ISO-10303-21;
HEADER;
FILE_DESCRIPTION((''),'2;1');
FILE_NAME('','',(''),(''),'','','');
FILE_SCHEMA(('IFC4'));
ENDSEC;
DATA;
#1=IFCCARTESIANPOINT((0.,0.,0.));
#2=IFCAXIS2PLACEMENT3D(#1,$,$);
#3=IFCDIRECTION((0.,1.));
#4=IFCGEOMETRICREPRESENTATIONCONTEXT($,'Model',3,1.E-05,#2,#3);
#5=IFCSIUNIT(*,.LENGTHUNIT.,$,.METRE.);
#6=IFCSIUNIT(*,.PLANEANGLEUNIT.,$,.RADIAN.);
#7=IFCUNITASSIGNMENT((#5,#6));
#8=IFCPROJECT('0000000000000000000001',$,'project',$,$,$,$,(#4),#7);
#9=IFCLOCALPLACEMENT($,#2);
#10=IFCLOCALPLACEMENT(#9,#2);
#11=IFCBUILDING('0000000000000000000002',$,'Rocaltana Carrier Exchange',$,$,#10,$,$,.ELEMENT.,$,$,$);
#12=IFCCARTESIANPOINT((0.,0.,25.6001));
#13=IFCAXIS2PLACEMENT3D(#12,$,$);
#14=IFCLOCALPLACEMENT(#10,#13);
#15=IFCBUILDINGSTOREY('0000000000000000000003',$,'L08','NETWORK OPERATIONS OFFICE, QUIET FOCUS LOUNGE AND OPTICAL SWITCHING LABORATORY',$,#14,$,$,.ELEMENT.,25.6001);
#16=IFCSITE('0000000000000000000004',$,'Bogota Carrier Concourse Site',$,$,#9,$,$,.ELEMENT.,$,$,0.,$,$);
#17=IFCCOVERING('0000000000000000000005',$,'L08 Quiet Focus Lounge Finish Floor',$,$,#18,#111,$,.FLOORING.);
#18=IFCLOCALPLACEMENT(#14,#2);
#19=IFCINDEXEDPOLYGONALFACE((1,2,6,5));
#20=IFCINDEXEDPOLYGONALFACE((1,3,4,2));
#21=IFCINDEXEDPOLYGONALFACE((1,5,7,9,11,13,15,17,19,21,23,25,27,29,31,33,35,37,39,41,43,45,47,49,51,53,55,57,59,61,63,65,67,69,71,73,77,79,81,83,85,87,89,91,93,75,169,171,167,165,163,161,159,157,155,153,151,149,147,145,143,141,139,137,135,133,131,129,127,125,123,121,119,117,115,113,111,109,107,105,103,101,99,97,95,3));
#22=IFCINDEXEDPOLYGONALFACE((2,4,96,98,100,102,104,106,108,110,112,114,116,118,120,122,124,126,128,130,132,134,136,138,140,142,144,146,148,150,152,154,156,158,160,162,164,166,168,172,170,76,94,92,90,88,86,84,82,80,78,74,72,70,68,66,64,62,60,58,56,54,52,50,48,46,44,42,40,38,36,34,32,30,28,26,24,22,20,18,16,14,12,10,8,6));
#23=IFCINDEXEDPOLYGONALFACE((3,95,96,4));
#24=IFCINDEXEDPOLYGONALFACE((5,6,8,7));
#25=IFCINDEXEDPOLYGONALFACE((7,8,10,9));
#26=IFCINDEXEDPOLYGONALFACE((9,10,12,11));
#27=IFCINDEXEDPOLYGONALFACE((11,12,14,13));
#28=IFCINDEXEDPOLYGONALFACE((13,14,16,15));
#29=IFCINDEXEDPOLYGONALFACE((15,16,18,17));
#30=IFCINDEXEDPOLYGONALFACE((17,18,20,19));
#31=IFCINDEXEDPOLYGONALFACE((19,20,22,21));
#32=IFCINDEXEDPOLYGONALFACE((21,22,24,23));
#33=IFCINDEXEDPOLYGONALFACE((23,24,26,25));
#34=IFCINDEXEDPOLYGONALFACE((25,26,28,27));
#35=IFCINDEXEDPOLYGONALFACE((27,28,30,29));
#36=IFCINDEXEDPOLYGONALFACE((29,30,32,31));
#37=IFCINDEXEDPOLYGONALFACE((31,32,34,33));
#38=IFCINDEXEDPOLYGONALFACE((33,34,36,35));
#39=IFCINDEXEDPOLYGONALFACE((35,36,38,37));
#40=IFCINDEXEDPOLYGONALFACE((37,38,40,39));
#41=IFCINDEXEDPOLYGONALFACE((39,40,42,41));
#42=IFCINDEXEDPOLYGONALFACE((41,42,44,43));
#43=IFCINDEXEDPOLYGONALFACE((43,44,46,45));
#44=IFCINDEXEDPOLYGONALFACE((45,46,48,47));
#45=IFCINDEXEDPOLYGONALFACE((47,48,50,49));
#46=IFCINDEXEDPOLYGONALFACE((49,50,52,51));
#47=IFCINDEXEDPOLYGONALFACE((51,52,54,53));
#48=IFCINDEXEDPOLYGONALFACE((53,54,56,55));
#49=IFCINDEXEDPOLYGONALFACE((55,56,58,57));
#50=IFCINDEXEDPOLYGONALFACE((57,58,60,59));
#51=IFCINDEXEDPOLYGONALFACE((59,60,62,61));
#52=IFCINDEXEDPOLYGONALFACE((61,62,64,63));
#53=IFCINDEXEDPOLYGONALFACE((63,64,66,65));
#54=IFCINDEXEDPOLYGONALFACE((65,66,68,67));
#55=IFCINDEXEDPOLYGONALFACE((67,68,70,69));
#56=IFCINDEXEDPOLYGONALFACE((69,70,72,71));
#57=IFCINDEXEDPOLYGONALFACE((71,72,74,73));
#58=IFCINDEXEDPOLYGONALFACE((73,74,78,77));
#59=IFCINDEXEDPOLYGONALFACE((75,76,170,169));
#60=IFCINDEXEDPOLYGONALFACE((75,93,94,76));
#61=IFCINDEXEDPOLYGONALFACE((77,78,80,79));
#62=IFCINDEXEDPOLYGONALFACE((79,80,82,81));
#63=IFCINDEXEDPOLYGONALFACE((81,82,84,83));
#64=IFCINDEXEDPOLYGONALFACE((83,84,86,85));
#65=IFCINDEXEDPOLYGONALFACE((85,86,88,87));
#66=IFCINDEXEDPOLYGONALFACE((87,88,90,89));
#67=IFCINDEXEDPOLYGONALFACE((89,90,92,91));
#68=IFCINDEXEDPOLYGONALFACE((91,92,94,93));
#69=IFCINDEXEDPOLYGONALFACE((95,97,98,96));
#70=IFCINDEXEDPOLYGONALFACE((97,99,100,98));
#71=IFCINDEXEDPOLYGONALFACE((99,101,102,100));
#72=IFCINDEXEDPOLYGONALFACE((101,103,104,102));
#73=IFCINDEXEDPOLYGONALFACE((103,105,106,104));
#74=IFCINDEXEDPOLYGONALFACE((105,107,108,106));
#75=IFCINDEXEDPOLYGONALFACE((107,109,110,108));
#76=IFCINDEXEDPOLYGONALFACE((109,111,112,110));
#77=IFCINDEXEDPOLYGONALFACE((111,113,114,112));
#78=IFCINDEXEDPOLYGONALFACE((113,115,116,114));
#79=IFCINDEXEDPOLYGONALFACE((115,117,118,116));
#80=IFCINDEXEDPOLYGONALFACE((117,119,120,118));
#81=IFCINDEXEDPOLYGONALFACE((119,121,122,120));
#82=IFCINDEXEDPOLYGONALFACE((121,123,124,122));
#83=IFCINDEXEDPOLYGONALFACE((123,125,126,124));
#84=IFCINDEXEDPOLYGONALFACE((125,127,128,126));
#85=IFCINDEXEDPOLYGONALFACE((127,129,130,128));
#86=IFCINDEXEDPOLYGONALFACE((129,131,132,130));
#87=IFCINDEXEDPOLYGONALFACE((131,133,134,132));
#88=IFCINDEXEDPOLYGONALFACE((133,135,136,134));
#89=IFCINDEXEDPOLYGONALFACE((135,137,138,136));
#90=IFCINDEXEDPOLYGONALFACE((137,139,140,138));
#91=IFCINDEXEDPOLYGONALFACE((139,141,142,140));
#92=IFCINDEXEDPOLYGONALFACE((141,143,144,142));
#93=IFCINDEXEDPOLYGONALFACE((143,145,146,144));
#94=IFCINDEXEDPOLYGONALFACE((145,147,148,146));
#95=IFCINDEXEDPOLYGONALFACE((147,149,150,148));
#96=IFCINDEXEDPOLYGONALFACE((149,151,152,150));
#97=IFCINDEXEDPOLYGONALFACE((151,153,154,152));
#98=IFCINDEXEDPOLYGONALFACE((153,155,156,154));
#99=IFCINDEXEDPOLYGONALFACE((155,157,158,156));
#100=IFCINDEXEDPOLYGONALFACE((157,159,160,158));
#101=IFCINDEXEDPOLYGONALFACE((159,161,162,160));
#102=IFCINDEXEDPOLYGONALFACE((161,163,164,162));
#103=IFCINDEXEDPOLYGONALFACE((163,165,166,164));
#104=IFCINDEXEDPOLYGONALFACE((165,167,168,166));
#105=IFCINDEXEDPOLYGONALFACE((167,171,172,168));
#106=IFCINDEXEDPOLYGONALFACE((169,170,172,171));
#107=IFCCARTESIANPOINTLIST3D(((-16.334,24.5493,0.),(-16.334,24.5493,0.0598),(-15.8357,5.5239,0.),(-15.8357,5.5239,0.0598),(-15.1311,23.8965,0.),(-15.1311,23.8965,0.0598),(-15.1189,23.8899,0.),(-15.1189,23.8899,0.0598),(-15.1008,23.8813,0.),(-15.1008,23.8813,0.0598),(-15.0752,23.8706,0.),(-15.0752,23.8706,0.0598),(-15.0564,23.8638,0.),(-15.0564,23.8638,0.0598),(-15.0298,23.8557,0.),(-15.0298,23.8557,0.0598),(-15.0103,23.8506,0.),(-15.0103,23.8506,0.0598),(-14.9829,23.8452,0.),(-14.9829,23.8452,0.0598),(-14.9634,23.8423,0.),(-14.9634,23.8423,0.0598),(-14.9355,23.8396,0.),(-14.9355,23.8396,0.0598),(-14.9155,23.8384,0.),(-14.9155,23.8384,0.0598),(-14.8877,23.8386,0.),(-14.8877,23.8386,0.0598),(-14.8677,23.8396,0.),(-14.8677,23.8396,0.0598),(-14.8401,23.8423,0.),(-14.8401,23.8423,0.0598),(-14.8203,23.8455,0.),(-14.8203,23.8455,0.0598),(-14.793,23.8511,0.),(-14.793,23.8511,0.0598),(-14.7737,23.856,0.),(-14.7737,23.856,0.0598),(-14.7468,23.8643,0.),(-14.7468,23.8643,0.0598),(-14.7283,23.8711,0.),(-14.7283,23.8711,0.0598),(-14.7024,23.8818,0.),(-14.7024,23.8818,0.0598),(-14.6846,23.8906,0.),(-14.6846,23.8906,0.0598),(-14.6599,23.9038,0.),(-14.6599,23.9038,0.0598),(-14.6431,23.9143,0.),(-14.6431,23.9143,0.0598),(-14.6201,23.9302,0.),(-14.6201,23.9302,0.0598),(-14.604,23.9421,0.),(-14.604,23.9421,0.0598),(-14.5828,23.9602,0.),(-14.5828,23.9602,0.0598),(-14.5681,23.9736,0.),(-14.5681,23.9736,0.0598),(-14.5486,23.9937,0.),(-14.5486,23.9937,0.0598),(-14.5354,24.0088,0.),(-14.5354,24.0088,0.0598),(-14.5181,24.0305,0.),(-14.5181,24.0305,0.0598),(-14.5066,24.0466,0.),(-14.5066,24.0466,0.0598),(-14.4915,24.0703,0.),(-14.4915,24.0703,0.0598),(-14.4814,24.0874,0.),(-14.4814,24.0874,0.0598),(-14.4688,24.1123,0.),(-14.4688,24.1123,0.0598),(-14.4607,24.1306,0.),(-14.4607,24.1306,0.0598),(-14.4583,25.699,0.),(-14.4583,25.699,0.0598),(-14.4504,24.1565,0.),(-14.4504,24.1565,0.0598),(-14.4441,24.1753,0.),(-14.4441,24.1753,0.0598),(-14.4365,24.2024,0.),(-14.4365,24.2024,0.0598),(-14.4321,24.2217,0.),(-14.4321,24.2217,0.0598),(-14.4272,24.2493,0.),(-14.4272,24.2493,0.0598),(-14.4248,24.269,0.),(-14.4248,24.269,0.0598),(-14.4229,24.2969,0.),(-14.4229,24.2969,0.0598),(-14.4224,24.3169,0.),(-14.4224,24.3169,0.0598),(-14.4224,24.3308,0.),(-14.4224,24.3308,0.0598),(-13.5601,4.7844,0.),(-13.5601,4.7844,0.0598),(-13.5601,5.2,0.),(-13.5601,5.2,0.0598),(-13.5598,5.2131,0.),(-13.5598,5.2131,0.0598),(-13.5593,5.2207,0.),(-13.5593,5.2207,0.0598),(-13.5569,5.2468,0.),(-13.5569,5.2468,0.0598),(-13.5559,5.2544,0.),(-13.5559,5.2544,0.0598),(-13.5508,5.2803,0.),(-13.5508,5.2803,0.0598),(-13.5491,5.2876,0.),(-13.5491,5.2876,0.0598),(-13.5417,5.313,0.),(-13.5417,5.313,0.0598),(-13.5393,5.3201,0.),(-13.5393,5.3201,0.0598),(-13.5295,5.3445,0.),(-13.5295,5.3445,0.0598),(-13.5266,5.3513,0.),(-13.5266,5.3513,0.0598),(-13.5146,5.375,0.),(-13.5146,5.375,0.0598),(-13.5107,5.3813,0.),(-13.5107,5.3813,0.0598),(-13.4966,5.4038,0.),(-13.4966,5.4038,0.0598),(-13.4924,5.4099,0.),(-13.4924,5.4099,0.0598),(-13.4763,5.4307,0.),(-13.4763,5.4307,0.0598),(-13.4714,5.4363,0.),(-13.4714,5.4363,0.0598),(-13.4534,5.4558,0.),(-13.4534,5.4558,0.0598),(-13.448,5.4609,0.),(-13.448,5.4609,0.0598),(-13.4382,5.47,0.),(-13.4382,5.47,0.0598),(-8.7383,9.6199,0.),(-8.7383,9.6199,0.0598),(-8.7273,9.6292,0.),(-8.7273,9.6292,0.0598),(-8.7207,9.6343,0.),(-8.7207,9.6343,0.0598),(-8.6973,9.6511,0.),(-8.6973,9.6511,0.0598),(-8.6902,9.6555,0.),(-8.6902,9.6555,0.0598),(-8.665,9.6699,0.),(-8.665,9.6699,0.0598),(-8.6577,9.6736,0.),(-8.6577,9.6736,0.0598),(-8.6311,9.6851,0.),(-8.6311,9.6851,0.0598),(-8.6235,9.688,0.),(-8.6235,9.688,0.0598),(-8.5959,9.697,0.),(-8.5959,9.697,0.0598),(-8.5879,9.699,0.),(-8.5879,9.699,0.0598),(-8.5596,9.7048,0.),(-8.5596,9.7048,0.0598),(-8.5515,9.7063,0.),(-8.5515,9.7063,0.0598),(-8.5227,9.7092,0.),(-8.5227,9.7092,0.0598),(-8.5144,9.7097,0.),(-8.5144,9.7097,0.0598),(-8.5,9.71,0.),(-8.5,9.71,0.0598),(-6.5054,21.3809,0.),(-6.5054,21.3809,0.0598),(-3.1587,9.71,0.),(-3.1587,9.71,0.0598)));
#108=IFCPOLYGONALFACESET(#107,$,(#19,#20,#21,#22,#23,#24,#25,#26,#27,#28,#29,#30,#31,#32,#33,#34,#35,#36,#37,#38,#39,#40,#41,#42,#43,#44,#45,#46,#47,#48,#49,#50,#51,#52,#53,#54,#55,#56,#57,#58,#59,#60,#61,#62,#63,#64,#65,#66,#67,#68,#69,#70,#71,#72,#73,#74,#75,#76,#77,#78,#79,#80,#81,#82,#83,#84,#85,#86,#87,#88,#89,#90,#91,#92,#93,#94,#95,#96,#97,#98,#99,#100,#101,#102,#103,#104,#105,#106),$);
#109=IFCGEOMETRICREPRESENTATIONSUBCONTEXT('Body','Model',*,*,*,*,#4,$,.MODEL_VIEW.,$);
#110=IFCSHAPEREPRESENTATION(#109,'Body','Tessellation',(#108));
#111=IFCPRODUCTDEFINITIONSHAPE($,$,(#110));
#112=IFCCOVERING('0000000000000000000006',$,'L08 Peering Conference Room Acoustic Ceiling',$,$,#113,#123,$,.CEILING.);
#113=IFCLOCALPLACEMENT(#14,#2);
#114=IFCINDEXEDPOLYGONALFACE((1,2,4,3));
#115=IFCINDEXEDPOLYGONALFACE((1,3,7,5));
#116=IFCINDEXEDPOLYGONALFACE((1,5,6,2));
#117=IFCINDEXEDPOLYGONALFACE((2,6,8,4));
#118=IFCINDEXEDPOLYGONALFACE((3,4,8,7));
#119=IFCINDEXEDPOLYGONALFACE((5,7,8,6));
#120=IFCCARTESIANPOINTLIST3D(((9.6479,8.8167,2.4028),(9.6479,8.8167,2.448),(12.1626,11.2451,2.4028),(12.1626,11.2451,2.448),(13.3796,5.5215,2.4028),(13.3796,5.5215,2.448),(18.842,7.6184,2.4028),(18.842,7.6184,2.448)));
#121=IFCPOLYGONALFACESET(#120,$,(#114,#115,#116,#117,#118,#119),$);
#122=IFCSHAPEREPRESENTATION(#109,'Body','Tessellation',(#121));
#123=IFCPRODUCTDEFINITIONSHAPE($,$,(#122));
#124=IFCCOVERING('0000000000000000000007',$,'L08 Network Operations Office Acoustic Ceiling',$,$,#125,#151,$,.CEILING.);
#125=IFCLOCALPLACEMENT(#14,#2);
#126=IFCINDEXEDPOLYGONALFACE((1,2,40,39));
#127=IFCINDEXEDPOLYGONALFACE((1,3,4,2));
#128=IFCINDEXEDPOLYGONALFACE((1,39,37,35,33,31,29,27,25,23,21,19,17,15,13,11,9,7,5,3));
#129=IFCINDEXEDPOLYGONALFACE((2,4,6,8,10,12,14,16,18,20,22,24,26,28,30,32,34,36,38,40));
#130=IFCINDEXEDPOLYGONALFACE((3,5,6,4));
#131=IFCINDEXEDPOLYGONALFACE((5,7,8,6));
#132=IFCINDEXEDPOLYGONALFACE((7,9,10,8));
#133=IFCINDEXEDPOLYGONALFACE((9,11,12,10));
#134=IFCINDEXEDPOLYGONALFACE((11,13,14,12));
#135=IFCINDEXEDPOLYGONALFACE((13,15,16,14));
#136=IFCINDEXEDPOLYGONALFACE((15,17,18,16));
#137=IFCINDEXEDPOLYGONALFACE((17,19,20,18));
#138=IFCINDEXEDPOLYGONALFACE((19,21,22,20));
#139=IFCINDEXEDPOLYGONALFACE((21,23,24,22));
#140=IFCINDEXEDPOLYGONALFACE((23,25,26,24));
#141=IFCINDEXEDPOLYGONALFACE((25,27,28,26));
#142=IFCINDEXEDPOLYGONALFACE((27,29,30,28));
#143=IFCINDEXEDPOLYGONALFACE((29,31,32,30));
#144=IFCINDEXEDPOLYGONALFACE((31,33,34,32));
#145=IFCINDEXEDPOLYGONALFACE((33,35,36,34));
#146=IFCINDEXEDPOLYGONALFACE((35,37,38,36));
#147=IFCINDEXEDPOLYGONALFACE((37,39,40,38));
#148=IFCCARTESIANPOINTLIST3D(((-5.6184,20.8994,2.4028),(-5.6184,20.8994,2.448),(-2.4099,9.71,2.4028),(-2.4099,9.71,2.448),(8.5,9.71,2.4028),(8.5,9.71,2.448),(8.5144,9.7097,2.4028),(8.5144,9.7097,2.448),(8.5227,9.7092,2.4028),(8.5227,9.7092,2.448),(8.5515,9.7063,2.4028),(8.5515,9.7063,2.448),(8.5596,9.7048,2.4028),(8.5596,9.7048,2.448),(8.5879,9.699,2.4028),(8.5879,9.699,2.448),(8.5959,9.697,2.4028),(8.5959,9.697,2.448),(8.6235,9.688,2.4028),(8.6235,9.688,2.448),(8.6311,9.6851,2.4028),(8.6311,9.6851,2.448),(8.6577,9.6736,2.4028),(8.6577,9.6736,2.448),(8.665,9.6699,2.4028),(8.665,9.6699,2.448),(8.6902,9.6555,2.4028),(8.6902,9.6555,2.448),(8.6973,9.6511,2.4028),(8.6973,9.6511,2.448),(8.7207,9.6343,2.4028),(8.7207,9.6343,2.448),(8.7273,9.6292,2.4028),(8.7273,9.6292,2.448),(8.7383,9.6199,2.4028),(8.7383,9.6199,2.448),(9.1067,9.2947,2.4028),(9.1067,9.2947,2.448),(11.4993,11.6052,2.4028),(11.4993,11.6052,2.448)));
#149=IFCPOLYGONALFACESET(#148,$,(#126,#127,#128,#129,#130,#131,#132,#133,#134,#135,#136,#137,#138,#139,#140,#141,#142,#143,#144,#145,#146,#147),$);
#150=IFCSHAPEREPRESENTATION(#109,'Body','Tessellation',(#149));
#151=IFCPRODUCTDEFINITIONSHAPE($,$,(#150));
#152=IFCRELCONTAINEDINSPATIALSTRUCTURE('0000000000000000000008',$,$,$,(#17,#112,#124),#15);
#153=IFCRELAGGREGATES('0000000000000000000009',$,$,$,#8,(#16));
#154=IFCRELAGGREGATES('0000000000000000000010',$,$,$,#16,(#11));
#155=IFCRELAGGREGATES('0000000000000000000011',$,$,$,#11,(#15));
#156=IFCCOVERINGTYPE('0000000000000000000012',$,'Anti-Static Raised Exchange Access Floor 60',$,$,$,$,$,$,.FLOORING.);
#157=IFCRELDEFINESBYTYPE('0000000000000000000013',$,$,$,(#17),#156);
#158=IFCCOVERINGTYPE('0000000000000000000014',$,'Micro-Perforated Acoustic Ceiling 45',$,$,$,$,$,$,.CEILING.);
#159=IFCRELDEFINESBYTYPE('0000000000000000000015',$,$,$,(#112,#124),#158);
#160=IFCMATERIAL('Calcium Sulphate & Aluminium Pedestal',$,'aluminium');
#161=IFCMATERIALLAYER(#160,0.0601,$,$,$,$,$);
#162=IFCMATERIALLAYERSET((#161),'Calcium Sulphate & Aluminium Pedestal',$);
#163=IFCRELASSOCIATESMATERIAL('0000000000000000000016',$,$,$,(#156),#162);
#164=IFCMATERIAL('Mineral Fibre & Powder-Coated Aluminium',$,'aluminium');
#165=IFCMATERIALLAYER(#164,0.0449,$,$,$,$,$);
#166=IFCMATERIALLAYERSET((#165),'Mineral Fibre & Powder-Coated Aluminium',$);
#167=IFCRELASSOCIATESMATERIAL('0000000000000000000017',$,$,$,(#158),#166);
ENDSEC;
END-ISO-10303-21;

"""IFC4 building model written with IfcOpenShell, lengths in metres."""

from ifc_helpers import new_model, si_unit, direction, frame, origin, place, context, subcontext, project, spatial, polyline, outline, extrude, material, layer, layer_set, type_object, element, save


model = new_model("IFC4")

# Units and contexts
model_context = context("Model", 3, precision=1e-05, world=origin(), true_north=direction((0.0, 1.0)))
body_context = subcontext(model_context, "Body", "Model", "MODEL_VIEW")
ifc_project = project(units=[si_unit("LENGTHUNIT", "METRE"), si_unit("PLANEANGLEUNIT", "RADIAN")], contexts=[model_context])

# Site, building, storey
site_placement = place(None, origin())
site = spatial("IfcSite", under=ifc_project, at=site_placement, Name="Bogota Carrier Concourse Site", CompositionType="ELEMENT", RefElevation=0.0)
building_placement = place(site_placement, origin())
building = spatial("IfcBuilding", under=site, at=building_placement, Name="Rocaltana Carrier Exchange", CompositionType="ELEMENT")
storey_placement = place(building_placement, frame((0.0, 0.0, 25.6001)))
storey = spatial("IfcBuildingStorey", under=building, at=storey_placement, Name="L08", Description="NETWORK OPERATIONS OFFICE, QUIET FOCUS LOUNGE AND OPTICAL SWITCHING LABORATORY", CompositionType="ELEMENT", Elevation=25.6001)

# Coverings
ifc_material_1 = material(Name="Calcium Sulphate & Aluminium Pedestal", Category="aluminium")
ifc_layer_1 = layer(ifc_material_1, 0.0601)
ifc_layer_set_1 = layer_set([ifc_layer_1], Name="Calcium Sulphate & Aluminium Pedestal")
covering_type_1 = type_object("IfcCoveringType", Name="Anti-Static Raised Exchange Access Floor 60", PredefinedType="FLOORING", material=ifc_layer_set_1)
covering_1_placement = place(storey_placement, origin())
element("IfcCovering", 1, at=covering_1_placement, inside=storey, type_object=covering_type_1, Name="L08 Quiet Focus Lounge Finish Floor", PredefinedType="FLOORING", context=body_context, shape_type="SweptSolid", body=[
    extrude(outline(polyline([(-16.334, 24.5493), (-15.1311, 23.8965), (-15.1189, 23.8899), (-15.1008, 23.8813), (-15.0752, 23.8706), (-15.0564, 23.8638), (-15.0298, 23.8557), (-15.0103, 23.8506), (-14.9829, 23.8452), (-14.9634, 23.8423), (-14.9355, 23.8396), (-14.9155, 23.8384), (-14.8877, 23.8386), (-14.8677, 23.8396), (-14.8401, 23.8423), (-14.8203, 23.8455), (-14.793, 23.8511), (-14.7737, 23.856), (-14.7468, 23.8643), (-14.7283, 23.8711), (-14.7024, 23.8818), (-14.6846, 23.8906), (-14.6599, 23.9038), (-14.6431, 23.9143), (-14.6201, 23.9302), (-14.604, 23.9421), (-14.5828, 23.9602), (-14.5681, 23.9736), (-14.5486, 23.9937), (-14.5354, 24.0088), (-14.5181, 24.0305), (-14.5066, 24.0466), (-14.4915, 24.0703), (-14.4814, 24.0874), (-14.4688, 24.1123), (-14.4607, 24.1306), (-14.4504, 24.1565), (-14.4441, 24.1753), (-14.4365, 24.2024), (-14.4321, 24.2217), (-14.4272, 24.2493), (-14.4248, 24.269), (-14.4229, 24.2969), (-14.4224, 24.3169), (-14.4224, 24.3308), (-14.4583, 25.699), (-6.5054, 21.3809), (-3.1587, 9.71), (-8.5, 9.71), (-8.5144, 9.7097), (-8.5227, 9.7092), (-8.5515, 9.7063), (-8.5596, 9.7048), (-8.5879, 9.699), (-8.5959, 9.697), (-8.6235, 9.688), (-8.6311, 9.6851), (-8.6577, 9.6736), (-8.665, 9.6699), (-8.6902, 9.6555), (-8.6973, 9.6511), (-8.7207, 9.6343), (-8.7273, 9.6292), (-8.7383, 9.6199), (-13.4382, 5.47), (-13.448, 5.4609), (-13.4534, 5.4558), (-13.4714, 5.4363), (-13.4763, 5.4307), (-13.4924, 5.4099), (-13.4966, 5.4038), (-13.5107, 5.3813), (-13.5146, 5.375), (-13.5266, 5.3513), (-13.5295, 5.3445), (-13.5393, 5.3201), (-13.5417, 5.313), (-13.5491, 5.2876), (-13.5508, 5.2803), (-13.5559, 5.2544), (-13.5569, 5.2468), (-13.5593, 5.2207), (-13.5598, 5.2131), (-13.5601, 5.2), (-13.5601, 4.7844), (-15.8357, 5.5239), (-16.334, 24.5493)])), origin(), (0.0, 0.0, 1.0), 0.0598),
])
ifc_material_2 = material(Name="Mineral Fibre & Powder-Coated Aluminium", Category="aluminium")
ifc_layer_2 = layer(ifc_material_2, 0.0449)
ifc_layer_set_2 = layer_set([ifc_layer_2], Name="Mineral Fibre & Powder-Coated Aluminium")
covering_type_2 = type_object("IfcCoveringType", Name="Micro-Perforated Acoustic Ceiling 45", PredefinedType="CEILING", material=ifc_layer_set_2)
covering_2_placement = place(storey_placement, frame((0.0, 0.0, 2.4028)))
element("IfcCovering", 2, at=covering_2_placement, inside=storey, type_object=covering_type_2, Name="L08 Peering Conference Room Acoustic Ceiling", PredefinedType="CEILING", context=body_context, shape_type="SweptSolid", body=[
    extrude(outline(polyline([(13.3796, 5.5215), (9.6479, 8.8167), (12.1626, 11.2451), (18.842, 7.6184), (13.3796, 5.5215)])), origin(), (0.0, 0.0, 1.0), 0.0452),
])
covering_3_placement = place(storey_placement, frame((0.0, 0.0, 2.4028)))
element("IfcCovering", 3, at=covering_3_placement, inside=storey, type_object=covering_type_2, Name="L08 Network Operations Office Acoustic Ceiling", PredefinedType="CEILING", context=body_context, shape_type="SweptSolid", body=[
    extrude(outline(polyline([(11.4993, 11.6052), (9.1067, 9.2947), (8.7383, 9.6199), (8.7273, 9.6292), (8.7207, 9.6343), (8.6973, 9.6511), (8.6902, 9.6555), (8.665, 9.6699), (8.6577, 9.6736), (8.6311, 9.6851), (8.6235, 9.688), (8.5959, 9.697), (8.5879, 9.699), (8.5596, 9.7048), (8.5515, 9.7063), (8.5227, 9.7092), (8.5144, 9.7097), (8.5, 9.71), (-2.4099, 9.71), (-5.6184, 20.8994), (11.4993, 11.6052)])), origin(), (0.0, 0.0, 1.0), 0.0452),
])

save(model, "model.ifc")
